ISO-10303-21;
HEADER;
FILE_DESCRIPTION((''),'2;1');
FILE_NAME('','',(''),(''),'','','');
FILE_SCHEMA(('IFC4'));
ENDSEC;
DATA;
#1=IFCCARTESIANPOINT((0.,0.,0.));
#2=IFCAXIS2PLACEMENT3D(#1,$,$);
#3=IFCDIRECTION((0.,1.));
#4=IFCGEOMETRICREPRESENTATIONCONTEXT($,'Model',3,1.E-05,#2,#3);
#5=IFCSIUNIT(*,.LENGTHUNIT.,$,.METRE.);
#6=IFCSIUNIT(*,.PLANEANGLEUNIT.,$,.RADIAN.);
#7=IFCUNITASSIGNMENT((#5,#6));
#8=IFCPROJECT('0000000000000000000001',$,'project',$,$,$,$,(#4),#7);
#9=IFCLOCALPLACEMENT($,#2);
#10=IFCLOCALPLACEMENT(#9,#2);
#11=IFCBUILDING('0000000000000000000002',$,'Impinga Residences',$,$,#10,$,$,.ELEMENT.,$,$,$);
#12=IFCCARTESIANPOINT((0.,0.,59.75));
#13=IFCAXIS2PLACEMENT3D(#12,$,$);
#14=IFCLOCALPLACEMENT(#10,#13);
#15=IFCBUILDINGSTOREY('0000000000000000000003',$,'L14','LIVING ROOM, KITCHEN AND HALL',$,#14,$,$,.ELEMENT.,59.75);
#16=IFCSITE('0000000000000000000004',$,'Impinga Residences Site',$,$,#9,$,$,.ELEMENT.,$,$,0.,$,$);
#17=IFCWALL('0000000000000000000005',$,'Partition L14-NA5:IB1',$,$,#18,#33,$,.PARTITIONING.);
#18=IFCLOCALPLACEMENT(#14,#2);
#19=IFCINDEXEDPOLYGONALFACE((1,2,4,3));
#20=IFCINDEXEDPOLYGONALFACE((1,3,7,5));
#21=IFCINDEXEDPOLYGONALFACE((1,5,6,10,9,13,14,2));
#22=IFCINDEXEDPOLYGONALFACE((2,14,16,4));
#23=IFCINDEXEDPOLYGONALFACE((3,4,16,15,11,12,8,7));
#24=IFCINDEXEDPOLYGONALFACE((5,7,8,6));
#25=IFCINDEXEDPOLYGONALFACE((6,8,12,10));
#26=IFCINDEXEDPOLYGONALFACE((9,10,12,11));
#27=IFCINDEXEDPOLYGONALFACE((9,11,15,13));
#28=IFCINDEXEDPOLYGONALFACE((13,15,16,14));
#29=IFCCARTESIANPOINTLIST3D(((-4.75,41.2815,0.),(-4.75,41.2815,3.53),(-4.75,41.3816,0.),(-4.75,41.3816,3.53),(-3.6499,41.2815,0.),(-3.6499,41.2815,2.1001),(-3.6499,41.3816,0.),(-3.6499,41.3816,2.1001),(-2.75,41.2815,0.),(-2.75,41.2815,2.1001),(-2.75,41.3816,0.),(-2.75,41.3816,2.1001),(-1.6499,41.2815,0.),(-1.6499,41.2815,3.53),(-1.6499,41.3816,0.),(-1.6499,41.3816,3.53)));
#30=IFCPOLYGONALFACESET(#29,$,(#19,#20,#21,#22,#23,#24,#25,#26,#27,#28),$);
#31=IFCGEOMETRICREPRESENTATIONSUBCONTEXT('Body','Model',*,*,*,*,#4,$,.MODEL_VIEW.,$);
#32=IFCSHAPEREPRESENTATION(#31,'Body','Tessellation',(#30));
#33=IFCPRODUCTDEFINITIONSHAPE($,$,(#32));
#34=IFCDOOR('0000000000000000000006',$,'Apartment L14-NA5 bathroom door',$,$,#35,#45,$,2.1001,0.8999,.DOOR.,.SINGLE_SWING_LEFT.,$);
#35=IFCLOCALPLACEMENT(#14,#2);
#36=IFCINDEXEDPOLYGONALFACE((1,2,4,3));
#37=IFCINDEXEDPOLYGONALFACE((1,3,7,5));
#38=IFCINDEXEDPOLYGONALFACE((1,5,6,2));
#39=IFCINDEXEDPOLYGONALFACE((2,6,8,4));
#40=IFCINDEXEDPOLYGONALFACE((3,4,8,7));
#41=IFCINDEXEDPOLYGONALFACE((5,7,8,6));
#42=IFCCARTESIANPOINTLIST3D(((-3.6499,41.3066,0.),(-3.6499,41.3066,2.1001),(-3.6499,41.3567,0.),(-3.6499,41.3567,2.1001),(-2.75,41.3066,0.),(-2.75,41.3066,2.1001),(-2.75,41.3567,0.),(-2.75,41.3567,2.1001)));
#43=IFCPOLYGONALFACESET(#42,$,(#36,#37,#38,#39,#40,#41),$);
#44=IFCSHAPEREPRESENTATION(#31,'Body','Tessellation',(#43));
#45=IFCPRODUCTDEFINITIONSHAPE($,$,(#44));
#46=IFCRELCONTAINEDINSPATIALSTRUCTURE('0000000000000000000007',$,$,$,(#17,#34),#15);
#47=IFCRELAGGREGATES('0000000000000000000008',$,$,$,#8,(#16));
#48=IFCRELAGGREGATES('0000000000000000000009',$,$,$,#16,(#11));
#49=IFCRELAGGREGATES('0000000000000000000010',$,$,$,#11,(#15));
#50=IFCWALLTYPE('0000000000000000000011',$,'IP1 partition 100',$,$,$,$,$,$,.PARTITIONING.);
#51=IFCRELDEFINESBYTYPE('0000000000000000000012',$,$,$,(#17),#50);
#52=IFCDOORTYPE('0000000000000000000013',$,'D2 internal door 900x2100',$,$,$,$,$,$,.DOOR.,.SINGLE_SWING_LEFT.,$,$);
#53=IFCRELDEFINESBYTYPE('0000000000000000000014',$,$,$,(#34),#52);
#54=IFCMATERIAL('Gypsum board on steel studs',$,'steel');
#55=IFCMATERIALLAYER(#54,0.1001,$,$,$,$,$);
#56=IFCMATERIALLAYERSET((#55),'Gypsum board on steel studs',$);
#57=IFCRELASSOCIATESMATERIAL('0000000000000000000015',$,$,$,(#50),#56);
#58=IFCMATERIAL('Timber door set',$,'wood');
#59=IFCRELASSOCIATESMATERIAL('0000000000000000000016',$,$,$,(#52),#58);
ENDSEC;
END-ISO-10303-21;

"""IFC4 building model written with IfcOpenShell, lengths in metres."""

from ifc_helpers import new_model, si_unit, direction, frame, frame_2d, origin, place, context, subcontext, project, spatial, rectangle, extrude, material, layer, layer_set, type_object, element, fill, save


model = new_model("IFC4")

# Units and contexts
model_context = context("Model", 3, precision=1e-05, world=origin(), true_north=direction((0.0, 1.0)))
body_context = subcontext(model_context, "Body", "Model", "MODEL_VIEW")
ifc_project = project(units=[si_unit("LENGTHUNIT", "METRE"), si_unit("PLANEANGLEUNIT", "RADIAN")], contexts=[model_context])

# Site, building, storey
site_placement = place(None, origin())
site = spatial("IfcSite", under=ifc_project, at=site_placement, Name="Impinga Residences Site", CompositionType="ELEMENT", RefElevation=0.0)
building_placement = place(site_placement, origin())
building = spatial("IfcBuilding", under=site, at=building_placement, Name="Impinga Residences", CompositionType="ELEMENT")
storey_placement = place(building_placement, frame((0.0, 0.0, 59.75)))
storey = spatial("IfcBuildingStorey", under=building, at=storey_placement, Name="L14", Description="LIVING ROOM, KITCHEN AND HALL", CompositionType="ELEMENT", Elevation=59.75)

# Shared definitions
ifc_material_1 = material(Name="Gypsum board on steel studs", Category="steel")
ifc_layer_1 = layer(ifc_material_1, 0.1001)
ifc_layer_set_1 = layer_set([ifc_layer_1], Name="Gypsum board on steel studs")
wall_type_1 = type_object("IfcWallType", Name="IP1 partition 100", PredefinedType="PARTITIONING", material=ifc_layer_set_1)

# Wall, opening, door
wall_1_placement = place(storey_placement, frame((-1.6499, 41.3315, 0.0), z_axis=(0.0, 0.0, 1.0), x_axis=(-1.0, 0.0, 0.0)))
wall_1 = element("IfcWall", 1, at=wall_1_placement, inside=storey, type_object=wall_type_1, Name="Partition L14-NA5:IB1", PredefinedType="PARTITIONING", context=body_context, shape_type="SweptSolid", body=[
    extrude(rectangle(XDim=3.1001, YDim=0.1001, at=frame_2d((1.55, 0.0))), origin(), (0.0, 0.0, 1.0), 3.53),
])
opening_1_placement = place(wall_1_placement, frame((1.1001, 0.0, 0.0)))
opening_1 = element("IfcOpeningElement", 2, at=opening_1_placement, cuts=wall_1, PredefinedType="OPENING", context=body_context, shape_type="SweptSolid", body=[
    extrude(rectangle(XDim=0.8999, YDim=2.1001, at=frame_2d((0.45, 1.05))), frame((0.0, 0.0601, 0.0), z_axis=(0.0, -1.0, 0.0), x_axis=(1.0, 0.0, 0.0)), (0.0, 0.0, 1.0), 0.1201),
])
ifc_material_2 = material(Name="Timber door set", Category="wood")
door_type = type_object("IfcDoorType", Name="D2 internal door 900x2100", OperationType="SINGLE_SWING_LEFT", PredefinedType="DOOR", material=ifc_material_2)
door_placement = place(opening_1_placement, origin())
door = element("IfcDoor", 3, at=door_placement, inside=storey, type_object=door_type, Name="Apartment L14-NA5 bathroom door", OperationType="SINGLE_SWING_LEFT", OverallHeight=2.1001, OverallWidth=0.8999, PredefinedType="DOOR", context=body_context, shape_type="SweptSolid", body=[
    extrude(rectangle(XDim=0.8999, YDim=2.1001, at=frame_2d((0.45, 1.05))), frame((0.0, 0.0249, 0.0), z_axis=(0.0, -1.0, 0.0), x_axis=(1.0, 0.0, 0.0)), (0.0, 0.0, 1.0), 0.05),
])
fill(opening_1, door)

save(model, "model.ifc")
